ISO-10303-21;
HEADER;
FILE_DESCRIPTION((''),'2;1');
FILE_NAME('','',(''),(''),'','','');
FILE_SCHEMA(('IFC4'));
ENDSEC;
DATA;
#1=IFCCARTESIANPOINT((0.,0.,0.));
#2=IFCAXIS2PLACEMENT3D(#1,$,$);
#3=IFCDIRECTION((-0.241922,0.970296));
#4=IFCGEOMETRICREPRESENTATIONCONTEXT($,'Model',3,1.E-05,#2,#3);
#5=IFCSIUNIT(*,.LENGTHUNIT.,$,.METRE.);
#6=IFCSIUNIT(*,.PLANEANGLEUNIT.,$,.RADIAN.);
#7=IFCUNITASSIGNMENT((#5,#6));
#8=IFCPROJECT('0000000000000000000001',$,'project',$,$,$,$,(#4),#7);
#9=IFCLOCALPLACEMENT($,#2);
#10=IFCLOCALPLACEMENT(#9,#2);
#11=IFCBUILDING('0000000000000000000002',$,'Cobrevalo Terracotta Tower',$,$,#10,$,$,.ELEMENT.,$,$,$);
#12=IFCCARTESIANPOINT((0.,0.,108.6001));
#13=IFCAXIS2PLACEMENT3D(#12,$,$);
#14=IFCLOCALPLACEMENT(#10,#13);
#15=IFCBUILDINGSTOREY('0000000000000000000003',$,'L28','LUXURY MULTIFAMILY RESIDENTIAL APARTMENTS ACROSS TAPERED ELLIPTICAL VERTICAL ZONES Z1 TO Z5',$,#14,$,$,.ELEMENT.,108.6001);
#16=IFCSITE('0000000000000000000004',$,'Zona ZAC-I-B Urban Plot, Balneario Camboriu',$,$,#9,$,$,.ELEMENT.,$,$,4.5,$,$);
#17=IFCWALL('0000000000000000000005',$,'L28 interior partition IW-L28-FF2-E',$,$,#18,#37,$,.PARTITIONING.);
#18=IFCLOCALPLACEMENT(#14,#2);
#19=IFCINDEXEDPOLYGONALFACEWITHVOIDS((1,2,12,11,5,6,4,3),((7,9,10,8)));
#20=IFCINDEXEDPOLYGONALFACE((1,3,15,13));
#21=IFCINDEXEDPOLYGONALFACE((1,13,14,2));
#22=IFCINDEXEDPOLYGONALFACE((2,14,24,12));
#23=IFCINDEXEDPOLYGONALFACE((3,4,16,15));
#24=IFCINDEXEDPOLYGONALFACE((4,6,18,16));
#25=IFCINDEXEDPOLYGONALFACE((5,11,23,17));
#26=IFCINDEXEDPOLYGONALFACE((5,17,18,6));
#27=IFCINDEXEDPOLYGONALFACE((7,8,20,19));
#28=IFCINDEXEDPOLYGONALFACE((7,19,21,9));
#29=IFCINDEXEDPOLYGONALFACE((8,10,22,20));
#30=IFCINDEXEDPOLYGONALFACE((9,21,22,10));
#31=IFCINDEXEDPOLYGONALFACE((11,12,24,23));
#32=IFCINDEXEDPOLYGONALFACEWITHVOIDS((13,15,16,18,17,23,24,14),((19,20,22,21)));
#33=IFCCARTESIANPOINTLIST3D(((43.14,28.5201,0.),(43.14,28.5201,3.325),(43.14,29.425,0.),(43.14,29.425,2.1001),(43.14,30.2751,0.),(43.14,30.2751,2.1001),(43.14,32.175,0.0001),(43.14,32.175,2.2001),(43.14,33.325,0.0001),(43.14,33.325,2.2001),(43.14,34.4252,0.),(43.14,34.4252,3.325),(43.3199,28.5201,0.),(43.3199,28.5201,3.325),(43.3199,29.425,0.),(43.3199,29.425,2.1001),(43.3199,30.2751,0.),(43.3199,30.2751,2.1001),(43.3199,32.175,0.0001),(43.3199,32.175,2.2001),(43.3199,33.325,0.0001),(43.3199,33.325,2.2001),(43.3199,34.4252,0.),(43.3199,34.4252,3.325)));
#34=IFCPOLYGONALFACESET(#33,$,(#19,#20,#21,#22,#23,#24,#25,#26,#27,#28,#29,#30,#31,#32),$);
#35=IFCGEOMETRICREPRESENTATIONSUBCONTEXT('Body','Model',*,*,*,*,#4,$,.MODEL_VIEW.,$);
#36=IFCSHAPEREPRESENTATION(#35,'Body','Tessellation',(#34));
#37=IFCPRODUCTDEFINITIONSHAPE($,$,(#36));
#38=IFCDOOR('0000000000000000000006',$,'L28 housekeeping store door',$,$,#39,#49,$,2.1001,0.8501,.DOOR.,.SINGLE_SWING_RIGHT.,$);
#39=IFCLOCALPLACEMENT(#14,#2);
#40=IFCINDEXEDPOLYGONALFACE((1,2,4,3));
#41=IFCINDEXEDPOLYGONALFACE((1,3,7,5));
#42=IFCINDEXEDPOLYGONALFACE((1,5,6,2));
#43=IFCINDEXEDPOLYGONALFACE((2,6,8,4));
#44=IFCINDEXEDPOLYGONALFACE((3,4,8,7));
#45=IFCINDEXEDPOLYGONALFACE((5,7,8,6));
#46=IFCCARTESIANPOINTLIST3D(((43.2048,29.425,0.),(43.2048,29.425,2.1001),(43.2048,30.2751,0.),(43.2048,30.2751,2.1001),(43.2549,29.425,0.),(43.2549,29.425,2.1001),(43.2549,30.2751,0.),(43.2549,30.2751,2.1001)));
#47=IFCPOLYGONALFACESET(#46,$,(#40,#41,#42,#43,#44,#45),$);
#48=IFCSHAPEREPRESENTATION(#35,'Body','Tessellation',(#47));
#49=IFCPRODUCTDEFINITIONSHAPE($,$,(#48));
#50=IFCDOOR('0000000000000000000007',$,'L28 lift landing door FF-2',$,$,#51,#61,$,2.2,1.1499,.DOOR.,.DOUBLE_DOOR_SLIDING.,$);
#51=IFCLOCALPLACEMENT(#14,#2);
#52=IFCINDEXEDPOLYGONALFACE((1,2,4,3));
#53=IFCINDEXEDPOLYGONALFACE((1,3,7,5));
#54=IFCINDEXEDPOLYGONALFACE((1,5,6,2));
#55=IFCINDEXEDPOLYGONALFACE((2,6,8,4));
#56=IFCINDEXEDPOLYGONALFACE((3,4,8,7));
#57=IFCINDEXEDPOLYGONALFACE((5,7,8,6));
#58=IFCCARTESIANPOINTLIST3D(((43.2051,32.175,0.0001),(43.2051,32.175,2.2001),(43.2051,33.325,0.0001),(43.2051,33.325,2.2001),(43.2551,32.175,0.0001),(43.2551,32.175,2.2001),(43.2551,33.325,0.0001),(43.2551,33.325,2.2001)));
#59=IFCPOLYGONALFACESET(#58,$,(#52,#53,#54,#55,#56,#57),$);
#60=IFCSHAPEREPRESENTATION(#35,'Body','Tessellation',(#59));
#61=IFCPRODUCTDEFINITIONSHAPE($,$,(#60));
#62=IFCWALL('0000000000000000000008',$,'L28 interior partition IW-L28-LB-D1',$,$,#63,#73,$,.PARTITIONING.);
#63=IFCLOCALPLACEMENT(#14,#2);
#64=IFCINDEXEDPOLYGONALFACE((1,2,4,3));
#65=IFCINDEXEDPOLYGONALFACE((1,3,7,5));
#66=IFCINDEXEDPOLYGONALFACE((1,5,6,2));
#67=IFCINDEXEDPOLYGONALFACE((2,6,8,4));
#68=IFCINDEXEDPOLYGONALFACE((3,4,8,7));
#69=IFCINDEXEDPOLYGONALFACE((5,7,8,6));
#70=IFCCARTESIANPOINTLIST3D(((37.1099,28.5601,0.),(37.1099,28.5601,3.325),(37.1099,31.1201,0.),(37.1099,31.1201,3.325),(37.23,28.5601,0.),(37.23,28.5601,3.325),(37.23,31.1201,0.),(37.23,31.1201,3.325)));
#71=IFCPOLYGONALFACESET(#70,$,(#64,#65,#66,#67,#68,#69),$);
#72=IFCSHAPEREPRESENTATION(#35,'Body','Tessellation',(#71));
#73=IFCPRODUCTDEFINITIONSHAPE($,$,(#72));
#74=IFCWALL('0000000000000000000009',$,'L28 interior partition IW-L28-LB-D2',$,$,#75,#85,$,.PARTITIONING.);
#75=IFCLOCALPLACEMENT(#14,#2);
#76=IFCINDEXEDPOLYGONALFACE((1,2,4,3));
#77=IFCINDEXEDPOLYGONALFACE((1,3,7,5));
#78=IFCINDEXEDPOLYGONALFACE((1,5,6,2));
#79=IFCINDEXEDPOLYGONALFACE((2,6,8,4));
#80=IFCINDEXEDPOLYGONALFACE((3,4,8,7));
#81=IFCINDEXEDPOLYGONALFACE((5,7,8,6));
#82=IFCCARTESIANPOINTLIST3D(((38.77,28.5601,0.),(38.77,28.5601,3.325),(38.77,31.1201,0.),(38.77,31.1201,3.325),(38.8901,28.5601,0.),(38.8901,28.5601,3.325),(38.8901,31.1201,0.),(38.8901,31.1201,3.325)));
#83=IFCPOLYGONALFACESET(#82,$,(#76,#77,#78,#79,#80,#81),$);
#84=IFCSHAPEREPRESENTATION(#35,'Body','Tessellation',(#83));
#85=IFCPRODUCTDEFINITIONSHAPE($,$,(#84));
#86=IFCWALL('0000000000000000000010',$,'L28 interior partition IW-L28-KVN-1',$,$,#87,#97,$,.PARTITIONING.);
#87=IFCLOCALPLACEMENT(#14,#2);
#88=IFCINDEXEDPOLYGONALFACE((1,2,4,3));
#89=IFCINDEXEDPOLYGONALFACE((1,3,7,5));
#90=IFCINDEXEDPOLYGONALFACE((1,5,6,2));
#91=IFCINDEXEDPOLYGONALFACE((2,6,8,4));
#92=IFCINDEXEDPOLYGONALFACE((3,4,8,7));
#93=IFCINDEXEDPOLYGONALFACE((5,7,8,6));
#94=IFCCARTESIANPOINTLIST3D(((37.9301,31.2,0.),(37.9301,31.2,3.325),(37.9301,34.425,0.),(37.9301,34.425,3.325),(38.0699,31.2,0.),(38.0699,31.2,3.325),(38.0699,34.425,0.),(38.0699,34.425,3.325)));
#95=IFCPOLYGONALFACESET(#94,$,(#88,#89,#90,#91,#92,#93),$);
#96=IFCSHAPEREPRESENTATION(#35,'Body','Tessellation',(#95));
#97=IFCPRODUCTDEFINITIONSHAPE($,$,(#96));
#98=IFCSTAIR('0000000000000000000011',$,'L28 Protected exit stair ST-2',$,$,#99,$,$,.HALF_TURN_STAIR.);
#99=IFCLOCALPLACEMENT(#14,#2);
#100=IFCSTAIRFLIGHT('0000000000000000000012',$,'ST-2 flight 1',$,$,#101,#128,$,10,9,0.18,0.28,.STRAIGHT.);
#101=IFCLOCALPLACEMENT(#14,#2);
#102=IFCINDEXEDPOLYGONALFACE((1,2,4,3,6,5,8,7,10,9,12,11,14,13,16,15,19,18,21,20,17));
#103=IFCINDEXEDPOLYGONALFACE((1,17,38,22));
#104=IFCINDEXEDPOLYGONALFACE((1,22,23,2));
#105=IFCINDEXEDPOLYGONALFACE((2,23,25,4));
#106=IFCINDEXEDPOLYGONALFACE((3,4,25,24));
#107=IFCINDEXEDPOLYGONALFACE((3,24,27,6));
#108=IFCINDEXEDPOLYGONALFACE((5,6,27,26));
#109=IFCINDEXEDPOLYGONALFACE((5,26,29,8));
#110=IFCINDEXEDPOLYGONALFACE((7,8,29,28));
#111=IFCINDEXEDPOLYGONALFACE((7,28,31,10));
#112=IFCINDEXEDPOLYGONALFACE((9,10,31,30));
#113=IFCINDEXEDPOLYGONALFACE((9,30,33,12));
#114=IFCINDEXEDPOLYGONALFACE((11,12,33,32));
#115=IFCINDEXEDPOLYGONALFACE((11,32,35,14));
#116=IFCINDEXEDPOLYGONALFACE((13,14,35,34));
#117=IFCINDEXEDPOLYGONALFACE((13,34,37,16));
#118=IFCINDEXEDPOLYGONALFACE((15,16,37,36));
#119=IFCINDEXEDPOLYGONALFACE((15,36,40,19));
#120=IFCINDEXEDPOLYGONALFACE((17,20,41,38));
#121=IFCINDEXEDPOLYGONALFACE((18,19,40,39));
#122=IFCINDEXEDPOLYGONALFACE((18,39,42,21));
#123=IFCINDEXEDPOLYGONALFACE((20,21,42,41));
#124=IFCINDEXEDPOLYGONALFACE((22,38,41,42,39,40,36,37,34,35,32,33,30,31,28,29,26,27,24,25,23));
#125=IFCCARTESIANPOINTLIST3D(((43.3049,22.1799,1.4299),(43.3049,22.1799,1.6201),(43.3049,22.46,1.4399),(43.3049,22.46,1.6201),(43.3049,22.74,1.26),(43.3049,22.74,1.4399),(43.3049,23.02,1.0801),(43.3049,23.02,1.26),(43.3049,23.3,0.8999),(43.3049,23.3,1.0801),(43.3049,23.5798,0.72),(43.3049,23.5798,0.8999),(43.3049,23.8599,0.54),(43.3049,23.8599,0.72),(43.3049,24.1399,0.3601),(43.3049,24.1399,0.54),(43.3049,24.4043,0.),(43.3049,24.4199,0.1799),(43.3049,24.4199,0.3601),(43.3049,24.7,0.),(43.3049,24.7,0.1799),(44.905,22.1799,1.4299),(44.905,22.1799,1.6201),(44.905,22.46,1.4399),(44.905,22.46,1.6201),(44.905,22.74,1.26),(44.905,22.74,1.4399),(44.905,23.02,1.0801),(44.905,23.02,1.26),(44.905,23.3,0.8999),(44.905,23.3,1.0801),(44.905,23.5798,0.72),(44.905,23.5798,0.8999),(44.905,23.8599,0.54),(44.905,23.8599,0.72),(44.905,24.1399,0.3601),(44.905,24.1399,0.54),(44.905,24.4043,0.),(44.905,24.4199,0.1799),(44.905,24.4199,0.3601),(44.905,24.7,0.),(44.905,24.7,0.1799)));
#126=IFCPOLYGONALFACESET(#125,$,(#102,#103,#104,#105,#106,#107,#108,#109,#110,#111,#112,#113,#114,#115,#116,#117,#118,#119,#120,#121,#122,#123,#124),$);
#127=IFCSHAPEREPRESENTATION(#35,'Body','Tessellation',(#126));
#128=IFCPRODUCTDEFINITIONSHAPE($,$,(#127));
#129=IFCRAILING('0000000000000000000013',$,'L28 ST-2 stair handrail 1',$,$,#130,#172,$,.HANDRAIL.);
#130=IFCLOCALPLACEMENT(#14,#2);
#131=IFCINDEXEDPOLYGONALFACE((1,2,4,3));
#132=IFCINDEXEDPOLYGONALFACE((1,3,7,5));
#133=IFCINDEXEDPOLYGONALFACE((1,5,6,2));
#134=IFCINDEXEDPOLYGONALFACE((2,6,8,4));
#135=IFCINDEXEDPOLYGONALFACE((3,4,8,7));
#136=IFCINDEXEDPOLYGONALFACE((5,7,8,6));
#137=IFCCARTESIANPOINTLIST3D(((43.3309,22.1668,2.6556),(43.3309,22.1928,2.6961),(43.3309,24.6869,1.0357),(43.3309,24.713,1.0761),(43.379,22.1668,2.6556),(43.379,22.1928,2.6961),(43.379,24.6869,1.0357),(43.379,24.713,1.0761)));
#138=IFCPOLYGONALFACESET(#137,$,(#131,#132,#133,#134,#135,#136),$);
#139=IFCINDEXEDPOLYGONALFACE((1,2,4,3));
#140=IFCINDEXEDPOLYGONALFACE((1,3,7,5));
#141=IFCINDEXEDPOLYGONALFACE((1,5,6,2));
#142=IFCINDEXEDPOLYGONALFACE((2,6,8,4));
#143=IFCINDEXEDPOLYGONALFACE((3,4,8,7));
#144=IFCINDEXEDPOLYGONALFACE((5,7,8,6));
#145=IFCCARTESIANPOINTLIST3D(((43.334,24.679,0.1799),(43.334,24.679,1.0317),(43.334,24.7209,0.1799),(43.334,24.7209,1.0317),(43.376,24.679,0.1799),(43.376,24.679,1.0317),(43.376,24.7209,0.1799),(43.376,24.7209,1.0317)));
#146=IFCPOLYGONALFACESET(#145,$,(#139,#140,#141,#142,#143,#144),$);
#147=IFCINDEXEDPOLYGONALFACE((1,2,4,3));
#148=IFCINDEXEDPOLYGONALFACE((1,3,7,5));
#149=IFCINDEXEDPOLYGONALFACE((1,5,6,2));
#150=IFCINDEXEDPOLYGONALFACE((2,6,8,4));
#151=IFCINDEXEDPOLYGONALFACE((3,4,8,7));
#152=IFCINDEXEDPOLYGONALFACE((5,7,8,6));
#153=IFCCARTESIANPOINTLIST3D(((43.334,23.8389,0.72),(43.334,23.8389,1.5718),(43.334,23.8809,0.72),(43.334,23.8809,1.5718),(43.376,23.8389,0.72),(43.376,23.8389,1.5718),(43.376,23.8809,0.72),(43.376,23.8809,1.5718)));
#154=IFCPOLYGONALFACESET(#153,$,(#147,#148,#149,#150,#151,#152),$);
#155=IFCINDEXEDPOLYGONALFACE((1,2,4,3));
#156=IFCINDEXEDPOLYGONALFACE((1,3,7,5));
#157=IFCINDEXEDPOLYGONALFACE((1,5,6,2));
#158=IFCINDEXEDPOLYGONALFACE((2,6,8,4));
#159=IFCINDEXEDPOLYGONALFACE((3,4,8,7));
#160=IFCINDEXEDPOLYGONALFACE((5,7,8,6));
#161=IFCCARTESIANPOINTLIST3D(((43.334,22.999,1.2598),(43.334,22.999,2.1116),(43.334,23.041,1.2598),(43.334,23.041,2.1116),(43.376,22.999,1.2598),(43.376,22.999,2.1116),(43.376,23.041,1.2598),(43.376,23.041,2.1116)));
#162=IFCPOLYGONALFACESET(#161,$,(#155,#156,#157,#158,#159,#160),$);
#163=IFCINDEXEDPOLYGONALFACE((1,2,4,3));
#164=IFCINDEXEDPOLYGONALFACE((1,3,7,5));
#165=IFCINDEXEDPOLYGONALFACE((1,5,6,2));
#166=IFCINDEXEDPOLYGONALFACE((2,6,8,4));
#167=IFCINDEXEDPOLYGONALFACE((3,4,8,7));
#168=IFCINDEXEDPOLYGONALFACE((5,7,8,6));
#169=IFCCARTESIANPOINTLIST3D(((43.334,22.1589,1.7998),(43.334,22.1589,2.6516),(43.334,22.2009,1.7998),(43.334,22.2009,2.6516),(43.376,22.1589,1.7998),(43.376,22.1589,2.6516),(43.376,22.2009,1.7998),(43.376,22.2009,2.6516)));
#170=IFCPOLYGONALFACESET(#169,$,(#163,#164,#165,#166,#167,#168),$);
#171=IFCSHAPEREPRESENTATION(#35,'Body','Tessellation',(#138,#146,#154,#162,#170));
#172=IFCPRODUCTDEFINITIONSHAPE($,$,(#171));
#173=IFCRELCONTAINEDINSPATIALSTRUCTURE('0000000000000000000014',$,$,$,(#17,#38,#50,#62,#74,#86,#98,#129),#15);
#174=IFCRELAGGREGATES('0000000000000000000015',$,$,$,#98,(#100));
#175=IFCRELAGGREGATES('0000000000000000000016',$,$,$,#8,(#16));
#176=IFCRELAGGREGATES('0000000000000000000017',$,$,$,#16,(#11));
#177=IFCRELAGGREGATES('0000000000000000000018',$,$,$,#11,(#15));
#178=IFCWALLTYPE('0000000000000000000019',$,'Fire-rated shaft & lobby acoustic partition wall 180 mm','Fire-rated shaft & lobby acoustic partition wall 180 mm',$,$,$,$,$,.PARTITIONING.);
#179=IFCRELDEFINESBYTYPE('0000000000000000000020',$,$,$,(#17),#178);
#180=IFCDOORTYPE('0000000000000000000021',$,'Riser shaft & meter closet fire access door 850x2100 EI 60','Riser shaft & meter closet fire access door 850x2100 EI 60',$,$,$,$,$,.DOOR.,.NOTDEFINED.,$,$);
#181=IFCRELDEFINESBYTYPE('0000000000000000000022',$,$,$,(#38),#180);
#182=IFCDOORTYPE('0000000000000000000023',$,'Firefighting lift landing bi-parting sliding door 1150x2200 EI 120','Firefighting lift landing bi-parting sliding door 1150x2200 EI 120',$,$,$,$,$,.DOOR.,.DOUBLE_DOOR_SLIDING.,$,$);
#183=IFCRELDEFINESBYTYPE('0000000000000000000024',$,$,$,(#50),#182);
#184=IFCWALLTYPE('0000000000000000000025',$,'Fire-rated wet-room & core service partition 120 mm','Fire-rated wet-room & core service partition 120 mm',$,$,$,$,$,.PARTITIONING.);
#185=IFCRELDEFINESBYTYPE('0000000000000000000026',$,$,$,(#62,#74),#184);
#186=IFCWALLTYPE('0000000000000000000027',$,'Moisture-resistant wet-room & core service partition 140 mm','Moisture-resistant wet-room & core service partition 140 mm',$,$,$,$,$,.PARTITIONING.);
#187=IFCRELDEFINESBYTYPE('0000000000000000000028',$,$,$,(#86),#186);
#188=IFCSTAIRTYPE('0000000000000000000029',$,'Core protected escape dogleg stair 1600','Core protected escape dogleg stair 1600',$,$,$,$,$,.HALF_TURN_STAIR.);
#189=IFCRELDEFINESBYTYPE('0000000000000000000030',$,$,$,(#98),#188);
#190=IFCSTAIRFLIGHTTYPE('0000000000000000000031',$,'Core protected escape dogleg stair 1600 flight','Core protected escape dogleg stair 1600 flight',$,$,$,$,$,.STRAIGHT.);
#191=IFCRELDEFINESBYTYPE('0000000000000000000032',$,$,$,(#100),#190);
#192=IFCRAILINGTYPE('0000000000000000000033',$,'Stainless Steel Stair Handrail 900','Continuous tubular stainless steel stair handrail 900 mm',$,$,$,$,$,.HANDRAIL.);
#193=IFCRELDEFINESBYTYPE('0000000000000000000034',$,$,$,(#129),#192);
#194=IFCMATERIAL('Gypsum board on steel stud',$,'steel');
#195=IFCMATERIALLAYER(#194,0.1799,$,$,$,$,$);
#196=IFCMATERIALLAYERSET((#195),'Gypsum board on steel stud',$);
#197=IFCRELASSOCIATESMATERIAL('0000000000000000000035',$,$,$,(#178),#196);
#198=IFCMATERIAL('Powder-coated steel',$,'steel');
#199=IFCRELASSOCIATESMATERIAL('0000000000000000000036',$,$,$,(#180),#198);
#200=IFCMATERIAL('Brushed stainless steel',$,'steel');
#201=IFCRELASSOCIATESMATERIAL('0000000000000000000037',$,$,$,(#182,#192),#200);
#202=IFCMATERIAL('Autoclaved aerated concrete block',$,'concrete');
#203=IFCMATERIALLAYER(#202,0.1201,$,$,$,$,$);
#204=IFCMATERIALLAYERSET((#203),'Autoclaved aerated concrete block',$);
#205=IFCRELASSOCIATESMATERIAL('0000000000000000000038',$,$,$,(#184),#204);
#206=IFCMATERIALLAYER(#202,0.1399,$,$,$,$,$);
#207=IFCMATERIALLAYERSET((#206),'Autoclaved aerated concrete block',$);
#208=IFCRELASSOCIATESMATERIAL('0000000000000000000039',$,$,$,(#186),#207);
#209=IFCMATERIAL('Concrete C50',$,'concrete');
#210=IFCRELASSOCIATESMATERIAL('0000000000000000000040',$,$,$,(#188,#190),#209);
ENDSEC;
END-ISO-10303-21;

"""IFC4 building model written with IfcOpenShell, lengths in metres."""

from ifc_helpers import new_model, si_unit, direction, frame, frame_2d, origin, origin_2d, place, context, subcontext, project, spatial, polyline, rectangle, outline, extrude, source, transform, mapped, material, layer, layer_set, type_object, element, fill, aggregate, save


model = new_model("IFC4")

# Units and contexts
model_context = context("Model", 3, precision=1e-05, world=origin(), true_north=direction((-0.241922, 0.970296)))
body_context = subcontext(model_context, "Body", "Model", "MODEL_VIEW")
ifc_project = project(units=[si_unit("LENGTHUNIT", "METRE"), si_unit("PLANEANGLEUNIT", "RADIAN")], contexts=[model_context])

# Site, building, storey
site_placement = place(None, origin())
site = spatial("IfcSite", under=ifc_project, at=site_placement, Name="Zona ZAC-I-B Urban Plot, Balneario Camboriu", CompositionType="ELEMENT", RefElevation=4.5)
building_placement = place(site_placement, origin())
building = spatial("IfcBuilding", under=site, at=building_placement, Name="Cobrevalo Terracotta Tower", CompositionType="ELEMENT")
storey_placement = place(building_placement, frame((0.0, 0.0, 108.6001)))
storey = spatial("IfcBuildingStorey", under=building, at=storey_placement, Name="L28", Description="LUXURY MULTIFAMILY RESIDENTIAL APARTMENTS ACROSS TAPERED ELLIPTICAL VERTICAL ZONES Z1 TO Z5", CompositionType="ELEMENT", Elevation=108.6001)

# Shared definitions
ifc_material_1 = material(Name="Gypsum board on steel stud", Category="steel")

# Shared definitions
ifc_material_2 = material(Name="Brushed stainless steel", Category="steel")

# Shared definitions
ifc_layer_1 = layer(ifc_material_1, 0.1799)
ifc_layer_set_1 = layer_set([ifc_layer_1], Name="Gypsum board on steel stud")
wall_type_1 = type_object("IfcWallType", Name="Fire-rated shaft & lobby acoustic partition wall 180 mm", Description="Fire-rated shaft & lobby acoustic partition wall 180 mm", PredefinedType="PARTITIONING", material=ifc_layer_set_1)
ifc_material_3 = material(Name="Powder-coated steel", Category="steel")
door_type_1 = type_object("IfcDoorType", Name="Riser shaft & meter closet fire access door 850x2100 EI 60", Description="Riser shaft & meter closet fire access door 850x2100 EI 60", OperationType="NOTDEFINED", PredefinedType="DOOR", material=ifc_material_3)
shared_shape_1 = source(origin(), body_context, "Body", "SweptSolid", [
    extrude(rectangle(XDim=0.8501, YDim=2.1001, at=frame_2d((0.425, 1.05))), frame((0.0, 0.0249, 0.0), z_axis=(0.0, -1.0, 0.0), x_axis=(1.0, 0.0, 0.0)), (0.0, 0.0, 1.0), 0.05),
])

# Wall, openings, doors
wall_1_placement = place(storey_placement, frame((43.23, 28.52, 0.0), z_axis=(0.0, 0.0, 1.0), x_axis=(0.0, 1.0, 0.0)))
wall_1 = element("IfcWall", 1, at=wall_1_placement, inside=storey, type_object=wall_type_1, Name="L28 interior partition IW-L28-FF2-E", PredefinedType="PARTITIONING", context=body_context, shape_type="SweptSolid", body=[
    extrude(rectangle(XDim=5.905, YDim=0.1799, at=frame_2d((2.9526, 0.0))), origin(), (0.0, 0.0, 1.0), 3.325),
])
opening_1_placement = place(wall_1_placement, frame((0.905, 0.0, 0.0)))
opening_1 = element("IfcOpeningElement", 2, at=opening_1_placement, cuts=wall_1, PredefinedType="OPENING", context=body_context, shape_type="SweptSolid", body=[
    extrude(rectangle(XDim=0.8501, YDim=2.1001, at=frame_2d((0.425, 1.05))), frame((0.0, 0.1001, 0.0), z_axis=(0.0, -1.0, 0.0), x_axis=(1.0, 0.0, 0.0)), (0.0, 0.0, 1.0), 0.2),
])
opening_2_placement = place(wall_1_placement, frame((3.655, 0.0, 0.0)))
opening_2 = element("IfcOpeningElement", 3, at=opening_2_placement, cuts=wall_1, PredefinedType="OPENING", context=body_context, shape_type="SweptSolid", body=[
    extrude(rectangle(XDim=1.1499, YDim=2.2, at=frame_2d((0.575, 1.1001))), frame((0.0, 0.1001, 0.0), z_axis=(0.0, -1.0, 0.0), x_axis=(1.0, 0.0, 0.0)), (0.0, 0.0, 1.0), 0.2),
])
door_1_placement = place(opening_1_placement, frame((0.8501, 0.0, 0.0), z_axis=(0.0, 0.0, 1.0), x_axis=(-1.0, 0.0, 0.0)))
door_1 = element("IfcDoor", 4, at=door_1_placement, inside=storey, type_object=door_type_1, Name="L28 housekeeping store door", OperationType="SINGLE_SWING_RIGHT", OverallHeight=2.1001, OverallWidth=0.8501, PredefinedType="DOOR", context=body_context, shape_type="MappedRepresentation", body=[
    mapped(shared_shape_1, transform((0.0, 0.0, 0.0), scale=1.0)),
])
fill(opening_1, door_1)
door_type_2 = type_object("IfcDoorType", Name="Firefighting lift landing bi-parting sliding door 1150x2200 EI 120", Description="Firefighting lift landing bi-parting sliding door 1150x2200 EI 120", OperationType="DOUBLE_DOOR_SLIDING", PredefinedType="DOOR", material=ifc_material_2)
shared_shape_2 = source(origin(), body_context, "Body", "SweptSolid", [
    extrude(rectangle(XDim=1.1499, YDim=2.2, at=frame_2d((0.575, 1.1001))), frame((0.0, 0.0249, 0.0), z_axis=(0.0, -1.0, 0.0), x_axis=(1.0, 0.0, 0.0)), (0.0, 0.0, 1.0), 0.05),
])
door_2_placement = place(opening_2_placement, origin())
door_2 = element("IfcDoor", 5, at=door_2_placement, inside=storey, type_object=door_type_2, Name="L28 lift landing door FF-2", OperationType="DOUBLE_DOOR_SLIDING", OverallHeight=2.2, OverallWidth=1.1499, PredefinedType="DOOR", context=body_context, shape_type="MappedRepresentation", body=[
    mapped(shared_shape_2, transform((0.0, 0.0, 0.0), scale=1.0)),
])
fill(opening_2, door_2)

# Walls
ifc_material_4 = material(Name="Autoclaved aerated concrete block", Category="concrete")
ifc_layer_2 = layer(ifc_material_4, 0.1201)
ifc_layer_set_2 = layer_set([ifc_layer_2], Name="Autoclaved aerated concrete block")
wall_type_2 = type_object("IfcWallType", Name="Fire-rated wet-room & core service partition 120 mm", Description="Fire-rated wet-room & core service partition 120 mm", PredefinedType="PARTITIONING", material=ifc_layer_set_2)
for number, where, z_axis, x_axis, name in (
    (6, (37.1699, 28.5601, 0.0), (0.0, 0.0, 1.0), (0.0, 1.0, 0.0), "L28 interior partition IW-L28-LB-D1"),
    (7, (38.8301, 28.5601, 0.0), (0.0, 0.0, 1.0), (0.0, 1.0, 0.0), "L28 interior partition IW-L28-LB-D2"),
):
    element("IfcWall", number, at=place(storey_placement, frame(where, z_axis=z_axis, x_axis=x_axis)), inside=storey, type_object=wall_type_2, Name=name, PredefinedType="PARTITIONING", context=body_context, shape_type="SweptSolid", body=[
        extrude(rectangle(XDim=2.5601, YDim=0.1201, at=frame_2d((1.28, 0.0))), origin(), (0.0, 0.0, 1.0), 3.325),
    ])
ifc_layer_3 = layer(ifc_material_4, 0.1399)
ifc_layer_set_3 = layer_set([ifc_layer_3], Name="Autoclaved aerated concrete block")
wall_type_3 = type_object("IfcWallType", Name="Moisture-resistant wet-room & core service partition 140 mm", Description="Moisture-resistant wet-room & core service partition 140 mm", PredefinedType="PARTITIONING", material=ifc_layer_set_3)
wall_2_placement = place(storey_placement, frame((38.0, 31.2, 0.0), z_axis=(0.0, 0.0, 1.0), x_axis=(0.0, 1.0, 0.0)))
element("IfcWall", 8, at=wall_2_placement, inside=storey, type_object=wall_type_3, Name="L28 interior partition IW-L28-KVN-1", PredefinedType="PARTITIONING", context=body_context, shape_type="SweptSolid", body=[
    extrude(rectangle(XDim=3.2251, YDim=0.1399, at=frame_2d((1.6125, 0.0))), origin(), (0.0, 0.0, 1.0), 3.325),
])

# Shared definitions
ifc_material_5 = material(Name="Concrete C50", Category="concrete")

# Stair, stair flight
stair_type = type_object("IfcStairType", Name="Core protected escape dogleg stair 1600", Description="Core protected escape dogleg stair 1600", PredefinedType="HALF_TURN_STAIR", material=ifc_material_5)
stair_placement = place(storey_placement, origin())
stair = element("IfcStair", 9, at=stair_placement, inside=storey, type_object=stair_type, Name="L28 Protected exit stair ST-2", PredefinedType="HALF_TURN_STAIR")
stair_flight_type = type_object("IfcStairFlightType", Name="Core protected escape dogleg stair 1600 flight", Description="Core protected escape dogleg stair 1600 flight", PredefinedType="STRAIGHT", material=ifc_material_5)
stair_flight_placement = place(storey_placement, frame((44.105, 24.7, 0.0), z_axis=(0.0, 0.0, 1.0), x_axis=(0.0, -1.0, 0.0)))
stair_flight = element("IfcStairFlight", 10, at=stair_flight_placement, type_object=stair_flight_type, Name="ST-2 flight 1", NumberOfRisers=10, NumberOfTreads=9, PredefinedType="STRAIGHT", RiserHeight=0.18, TreadLength=0.28, context=body_context, shape_type="SweptSolid", body=[
    extrude(outline(polyline([(0.0, 0.0), (0.0, 0.1799), (0.28, 0.1799), (0.28, 0.3601), (0.5601, 0.3601), (0.5601, 0.54), (0.8401, 0.54), (0.8401, 0.72), (1.1201, 0.72), (1.1201, 0.8999), (1.3999, 0.8999), (1.3999, 1.0801), (1.6799, 1.0801), (1.6799, 1.26), (1.96, 1.26), (1.96, 1.4399), (2.24, 1.4399), (2.24, 1.6201), (2.52, 1.6201), (2.52, 1.8), (2.52, 1.4299), (0.2957, 0.0), (0.0, 0.0)])), frame((0.0, 0.8, 0.0), z_axis=(0.0, -1.0, 0.0), x_axis=(1.0, 0.0, 0.0)), (0.0, 0.0, 1.0), 1.6001),
])
aggregate(stair, [stair_flight])

# Railing
railing_type_1 = type_object("IfcRailingType", Name="Stainless Steel Stair Handrail 900", Description="Continuous tubular stainless steel stair handrail 900 mm", PredefinedType="HANDRAIL", material=ifc_material_2)
railing_1_placement = place(storey_placement, frame((43.355, 24.7, 0.1799)))
element("IfcRailing", 11, at=railing_1_placement, inside=storey, type_object=railing_type_1, Name="L28 ST-2 stair handrail 1", PredefinedType="HANDRAIL", context=body_context, shape_type="SweptSolid", body=[
    extrude(rectangle(XDim=0.0481, YDim=0.0481, at=origin_2d()), frame((0.0, 0.0, 0.876), z_axis=(0.0, -0.8412, 0.540725), x_axis=(1.0, 0.0, 0.0)), (0.0, 0.0, 1.0), 2.9958),
    extrude(rectangle(XDim=0.042, YDim=0.042, at=origin_2d()), origin(), (0.0, 0.0, 1.0), 0.8518),
    extrude(rectangle(XDim=0.042, YDim=0.042, at=origin_2d()), frame((0.0, -0.8401, 0.54)), (0.0, 0.0, 1.0), 0.8518),
    extrude(rectangle(XDim=0.042, YDim=0.042, at=origin_2d()), frame((0.0, -1.6799, 1.0798)), (0.0, 0.0, 1.0), 0.8518),
    extrude(rectangle(XDim=0.042, YDim=0.042, at=origin_2d()), frame((0.0, -2.52, 1.6199)), (0.0, 0.0, 1.0), 0.8518),
])

save(model, "model.ifc")
